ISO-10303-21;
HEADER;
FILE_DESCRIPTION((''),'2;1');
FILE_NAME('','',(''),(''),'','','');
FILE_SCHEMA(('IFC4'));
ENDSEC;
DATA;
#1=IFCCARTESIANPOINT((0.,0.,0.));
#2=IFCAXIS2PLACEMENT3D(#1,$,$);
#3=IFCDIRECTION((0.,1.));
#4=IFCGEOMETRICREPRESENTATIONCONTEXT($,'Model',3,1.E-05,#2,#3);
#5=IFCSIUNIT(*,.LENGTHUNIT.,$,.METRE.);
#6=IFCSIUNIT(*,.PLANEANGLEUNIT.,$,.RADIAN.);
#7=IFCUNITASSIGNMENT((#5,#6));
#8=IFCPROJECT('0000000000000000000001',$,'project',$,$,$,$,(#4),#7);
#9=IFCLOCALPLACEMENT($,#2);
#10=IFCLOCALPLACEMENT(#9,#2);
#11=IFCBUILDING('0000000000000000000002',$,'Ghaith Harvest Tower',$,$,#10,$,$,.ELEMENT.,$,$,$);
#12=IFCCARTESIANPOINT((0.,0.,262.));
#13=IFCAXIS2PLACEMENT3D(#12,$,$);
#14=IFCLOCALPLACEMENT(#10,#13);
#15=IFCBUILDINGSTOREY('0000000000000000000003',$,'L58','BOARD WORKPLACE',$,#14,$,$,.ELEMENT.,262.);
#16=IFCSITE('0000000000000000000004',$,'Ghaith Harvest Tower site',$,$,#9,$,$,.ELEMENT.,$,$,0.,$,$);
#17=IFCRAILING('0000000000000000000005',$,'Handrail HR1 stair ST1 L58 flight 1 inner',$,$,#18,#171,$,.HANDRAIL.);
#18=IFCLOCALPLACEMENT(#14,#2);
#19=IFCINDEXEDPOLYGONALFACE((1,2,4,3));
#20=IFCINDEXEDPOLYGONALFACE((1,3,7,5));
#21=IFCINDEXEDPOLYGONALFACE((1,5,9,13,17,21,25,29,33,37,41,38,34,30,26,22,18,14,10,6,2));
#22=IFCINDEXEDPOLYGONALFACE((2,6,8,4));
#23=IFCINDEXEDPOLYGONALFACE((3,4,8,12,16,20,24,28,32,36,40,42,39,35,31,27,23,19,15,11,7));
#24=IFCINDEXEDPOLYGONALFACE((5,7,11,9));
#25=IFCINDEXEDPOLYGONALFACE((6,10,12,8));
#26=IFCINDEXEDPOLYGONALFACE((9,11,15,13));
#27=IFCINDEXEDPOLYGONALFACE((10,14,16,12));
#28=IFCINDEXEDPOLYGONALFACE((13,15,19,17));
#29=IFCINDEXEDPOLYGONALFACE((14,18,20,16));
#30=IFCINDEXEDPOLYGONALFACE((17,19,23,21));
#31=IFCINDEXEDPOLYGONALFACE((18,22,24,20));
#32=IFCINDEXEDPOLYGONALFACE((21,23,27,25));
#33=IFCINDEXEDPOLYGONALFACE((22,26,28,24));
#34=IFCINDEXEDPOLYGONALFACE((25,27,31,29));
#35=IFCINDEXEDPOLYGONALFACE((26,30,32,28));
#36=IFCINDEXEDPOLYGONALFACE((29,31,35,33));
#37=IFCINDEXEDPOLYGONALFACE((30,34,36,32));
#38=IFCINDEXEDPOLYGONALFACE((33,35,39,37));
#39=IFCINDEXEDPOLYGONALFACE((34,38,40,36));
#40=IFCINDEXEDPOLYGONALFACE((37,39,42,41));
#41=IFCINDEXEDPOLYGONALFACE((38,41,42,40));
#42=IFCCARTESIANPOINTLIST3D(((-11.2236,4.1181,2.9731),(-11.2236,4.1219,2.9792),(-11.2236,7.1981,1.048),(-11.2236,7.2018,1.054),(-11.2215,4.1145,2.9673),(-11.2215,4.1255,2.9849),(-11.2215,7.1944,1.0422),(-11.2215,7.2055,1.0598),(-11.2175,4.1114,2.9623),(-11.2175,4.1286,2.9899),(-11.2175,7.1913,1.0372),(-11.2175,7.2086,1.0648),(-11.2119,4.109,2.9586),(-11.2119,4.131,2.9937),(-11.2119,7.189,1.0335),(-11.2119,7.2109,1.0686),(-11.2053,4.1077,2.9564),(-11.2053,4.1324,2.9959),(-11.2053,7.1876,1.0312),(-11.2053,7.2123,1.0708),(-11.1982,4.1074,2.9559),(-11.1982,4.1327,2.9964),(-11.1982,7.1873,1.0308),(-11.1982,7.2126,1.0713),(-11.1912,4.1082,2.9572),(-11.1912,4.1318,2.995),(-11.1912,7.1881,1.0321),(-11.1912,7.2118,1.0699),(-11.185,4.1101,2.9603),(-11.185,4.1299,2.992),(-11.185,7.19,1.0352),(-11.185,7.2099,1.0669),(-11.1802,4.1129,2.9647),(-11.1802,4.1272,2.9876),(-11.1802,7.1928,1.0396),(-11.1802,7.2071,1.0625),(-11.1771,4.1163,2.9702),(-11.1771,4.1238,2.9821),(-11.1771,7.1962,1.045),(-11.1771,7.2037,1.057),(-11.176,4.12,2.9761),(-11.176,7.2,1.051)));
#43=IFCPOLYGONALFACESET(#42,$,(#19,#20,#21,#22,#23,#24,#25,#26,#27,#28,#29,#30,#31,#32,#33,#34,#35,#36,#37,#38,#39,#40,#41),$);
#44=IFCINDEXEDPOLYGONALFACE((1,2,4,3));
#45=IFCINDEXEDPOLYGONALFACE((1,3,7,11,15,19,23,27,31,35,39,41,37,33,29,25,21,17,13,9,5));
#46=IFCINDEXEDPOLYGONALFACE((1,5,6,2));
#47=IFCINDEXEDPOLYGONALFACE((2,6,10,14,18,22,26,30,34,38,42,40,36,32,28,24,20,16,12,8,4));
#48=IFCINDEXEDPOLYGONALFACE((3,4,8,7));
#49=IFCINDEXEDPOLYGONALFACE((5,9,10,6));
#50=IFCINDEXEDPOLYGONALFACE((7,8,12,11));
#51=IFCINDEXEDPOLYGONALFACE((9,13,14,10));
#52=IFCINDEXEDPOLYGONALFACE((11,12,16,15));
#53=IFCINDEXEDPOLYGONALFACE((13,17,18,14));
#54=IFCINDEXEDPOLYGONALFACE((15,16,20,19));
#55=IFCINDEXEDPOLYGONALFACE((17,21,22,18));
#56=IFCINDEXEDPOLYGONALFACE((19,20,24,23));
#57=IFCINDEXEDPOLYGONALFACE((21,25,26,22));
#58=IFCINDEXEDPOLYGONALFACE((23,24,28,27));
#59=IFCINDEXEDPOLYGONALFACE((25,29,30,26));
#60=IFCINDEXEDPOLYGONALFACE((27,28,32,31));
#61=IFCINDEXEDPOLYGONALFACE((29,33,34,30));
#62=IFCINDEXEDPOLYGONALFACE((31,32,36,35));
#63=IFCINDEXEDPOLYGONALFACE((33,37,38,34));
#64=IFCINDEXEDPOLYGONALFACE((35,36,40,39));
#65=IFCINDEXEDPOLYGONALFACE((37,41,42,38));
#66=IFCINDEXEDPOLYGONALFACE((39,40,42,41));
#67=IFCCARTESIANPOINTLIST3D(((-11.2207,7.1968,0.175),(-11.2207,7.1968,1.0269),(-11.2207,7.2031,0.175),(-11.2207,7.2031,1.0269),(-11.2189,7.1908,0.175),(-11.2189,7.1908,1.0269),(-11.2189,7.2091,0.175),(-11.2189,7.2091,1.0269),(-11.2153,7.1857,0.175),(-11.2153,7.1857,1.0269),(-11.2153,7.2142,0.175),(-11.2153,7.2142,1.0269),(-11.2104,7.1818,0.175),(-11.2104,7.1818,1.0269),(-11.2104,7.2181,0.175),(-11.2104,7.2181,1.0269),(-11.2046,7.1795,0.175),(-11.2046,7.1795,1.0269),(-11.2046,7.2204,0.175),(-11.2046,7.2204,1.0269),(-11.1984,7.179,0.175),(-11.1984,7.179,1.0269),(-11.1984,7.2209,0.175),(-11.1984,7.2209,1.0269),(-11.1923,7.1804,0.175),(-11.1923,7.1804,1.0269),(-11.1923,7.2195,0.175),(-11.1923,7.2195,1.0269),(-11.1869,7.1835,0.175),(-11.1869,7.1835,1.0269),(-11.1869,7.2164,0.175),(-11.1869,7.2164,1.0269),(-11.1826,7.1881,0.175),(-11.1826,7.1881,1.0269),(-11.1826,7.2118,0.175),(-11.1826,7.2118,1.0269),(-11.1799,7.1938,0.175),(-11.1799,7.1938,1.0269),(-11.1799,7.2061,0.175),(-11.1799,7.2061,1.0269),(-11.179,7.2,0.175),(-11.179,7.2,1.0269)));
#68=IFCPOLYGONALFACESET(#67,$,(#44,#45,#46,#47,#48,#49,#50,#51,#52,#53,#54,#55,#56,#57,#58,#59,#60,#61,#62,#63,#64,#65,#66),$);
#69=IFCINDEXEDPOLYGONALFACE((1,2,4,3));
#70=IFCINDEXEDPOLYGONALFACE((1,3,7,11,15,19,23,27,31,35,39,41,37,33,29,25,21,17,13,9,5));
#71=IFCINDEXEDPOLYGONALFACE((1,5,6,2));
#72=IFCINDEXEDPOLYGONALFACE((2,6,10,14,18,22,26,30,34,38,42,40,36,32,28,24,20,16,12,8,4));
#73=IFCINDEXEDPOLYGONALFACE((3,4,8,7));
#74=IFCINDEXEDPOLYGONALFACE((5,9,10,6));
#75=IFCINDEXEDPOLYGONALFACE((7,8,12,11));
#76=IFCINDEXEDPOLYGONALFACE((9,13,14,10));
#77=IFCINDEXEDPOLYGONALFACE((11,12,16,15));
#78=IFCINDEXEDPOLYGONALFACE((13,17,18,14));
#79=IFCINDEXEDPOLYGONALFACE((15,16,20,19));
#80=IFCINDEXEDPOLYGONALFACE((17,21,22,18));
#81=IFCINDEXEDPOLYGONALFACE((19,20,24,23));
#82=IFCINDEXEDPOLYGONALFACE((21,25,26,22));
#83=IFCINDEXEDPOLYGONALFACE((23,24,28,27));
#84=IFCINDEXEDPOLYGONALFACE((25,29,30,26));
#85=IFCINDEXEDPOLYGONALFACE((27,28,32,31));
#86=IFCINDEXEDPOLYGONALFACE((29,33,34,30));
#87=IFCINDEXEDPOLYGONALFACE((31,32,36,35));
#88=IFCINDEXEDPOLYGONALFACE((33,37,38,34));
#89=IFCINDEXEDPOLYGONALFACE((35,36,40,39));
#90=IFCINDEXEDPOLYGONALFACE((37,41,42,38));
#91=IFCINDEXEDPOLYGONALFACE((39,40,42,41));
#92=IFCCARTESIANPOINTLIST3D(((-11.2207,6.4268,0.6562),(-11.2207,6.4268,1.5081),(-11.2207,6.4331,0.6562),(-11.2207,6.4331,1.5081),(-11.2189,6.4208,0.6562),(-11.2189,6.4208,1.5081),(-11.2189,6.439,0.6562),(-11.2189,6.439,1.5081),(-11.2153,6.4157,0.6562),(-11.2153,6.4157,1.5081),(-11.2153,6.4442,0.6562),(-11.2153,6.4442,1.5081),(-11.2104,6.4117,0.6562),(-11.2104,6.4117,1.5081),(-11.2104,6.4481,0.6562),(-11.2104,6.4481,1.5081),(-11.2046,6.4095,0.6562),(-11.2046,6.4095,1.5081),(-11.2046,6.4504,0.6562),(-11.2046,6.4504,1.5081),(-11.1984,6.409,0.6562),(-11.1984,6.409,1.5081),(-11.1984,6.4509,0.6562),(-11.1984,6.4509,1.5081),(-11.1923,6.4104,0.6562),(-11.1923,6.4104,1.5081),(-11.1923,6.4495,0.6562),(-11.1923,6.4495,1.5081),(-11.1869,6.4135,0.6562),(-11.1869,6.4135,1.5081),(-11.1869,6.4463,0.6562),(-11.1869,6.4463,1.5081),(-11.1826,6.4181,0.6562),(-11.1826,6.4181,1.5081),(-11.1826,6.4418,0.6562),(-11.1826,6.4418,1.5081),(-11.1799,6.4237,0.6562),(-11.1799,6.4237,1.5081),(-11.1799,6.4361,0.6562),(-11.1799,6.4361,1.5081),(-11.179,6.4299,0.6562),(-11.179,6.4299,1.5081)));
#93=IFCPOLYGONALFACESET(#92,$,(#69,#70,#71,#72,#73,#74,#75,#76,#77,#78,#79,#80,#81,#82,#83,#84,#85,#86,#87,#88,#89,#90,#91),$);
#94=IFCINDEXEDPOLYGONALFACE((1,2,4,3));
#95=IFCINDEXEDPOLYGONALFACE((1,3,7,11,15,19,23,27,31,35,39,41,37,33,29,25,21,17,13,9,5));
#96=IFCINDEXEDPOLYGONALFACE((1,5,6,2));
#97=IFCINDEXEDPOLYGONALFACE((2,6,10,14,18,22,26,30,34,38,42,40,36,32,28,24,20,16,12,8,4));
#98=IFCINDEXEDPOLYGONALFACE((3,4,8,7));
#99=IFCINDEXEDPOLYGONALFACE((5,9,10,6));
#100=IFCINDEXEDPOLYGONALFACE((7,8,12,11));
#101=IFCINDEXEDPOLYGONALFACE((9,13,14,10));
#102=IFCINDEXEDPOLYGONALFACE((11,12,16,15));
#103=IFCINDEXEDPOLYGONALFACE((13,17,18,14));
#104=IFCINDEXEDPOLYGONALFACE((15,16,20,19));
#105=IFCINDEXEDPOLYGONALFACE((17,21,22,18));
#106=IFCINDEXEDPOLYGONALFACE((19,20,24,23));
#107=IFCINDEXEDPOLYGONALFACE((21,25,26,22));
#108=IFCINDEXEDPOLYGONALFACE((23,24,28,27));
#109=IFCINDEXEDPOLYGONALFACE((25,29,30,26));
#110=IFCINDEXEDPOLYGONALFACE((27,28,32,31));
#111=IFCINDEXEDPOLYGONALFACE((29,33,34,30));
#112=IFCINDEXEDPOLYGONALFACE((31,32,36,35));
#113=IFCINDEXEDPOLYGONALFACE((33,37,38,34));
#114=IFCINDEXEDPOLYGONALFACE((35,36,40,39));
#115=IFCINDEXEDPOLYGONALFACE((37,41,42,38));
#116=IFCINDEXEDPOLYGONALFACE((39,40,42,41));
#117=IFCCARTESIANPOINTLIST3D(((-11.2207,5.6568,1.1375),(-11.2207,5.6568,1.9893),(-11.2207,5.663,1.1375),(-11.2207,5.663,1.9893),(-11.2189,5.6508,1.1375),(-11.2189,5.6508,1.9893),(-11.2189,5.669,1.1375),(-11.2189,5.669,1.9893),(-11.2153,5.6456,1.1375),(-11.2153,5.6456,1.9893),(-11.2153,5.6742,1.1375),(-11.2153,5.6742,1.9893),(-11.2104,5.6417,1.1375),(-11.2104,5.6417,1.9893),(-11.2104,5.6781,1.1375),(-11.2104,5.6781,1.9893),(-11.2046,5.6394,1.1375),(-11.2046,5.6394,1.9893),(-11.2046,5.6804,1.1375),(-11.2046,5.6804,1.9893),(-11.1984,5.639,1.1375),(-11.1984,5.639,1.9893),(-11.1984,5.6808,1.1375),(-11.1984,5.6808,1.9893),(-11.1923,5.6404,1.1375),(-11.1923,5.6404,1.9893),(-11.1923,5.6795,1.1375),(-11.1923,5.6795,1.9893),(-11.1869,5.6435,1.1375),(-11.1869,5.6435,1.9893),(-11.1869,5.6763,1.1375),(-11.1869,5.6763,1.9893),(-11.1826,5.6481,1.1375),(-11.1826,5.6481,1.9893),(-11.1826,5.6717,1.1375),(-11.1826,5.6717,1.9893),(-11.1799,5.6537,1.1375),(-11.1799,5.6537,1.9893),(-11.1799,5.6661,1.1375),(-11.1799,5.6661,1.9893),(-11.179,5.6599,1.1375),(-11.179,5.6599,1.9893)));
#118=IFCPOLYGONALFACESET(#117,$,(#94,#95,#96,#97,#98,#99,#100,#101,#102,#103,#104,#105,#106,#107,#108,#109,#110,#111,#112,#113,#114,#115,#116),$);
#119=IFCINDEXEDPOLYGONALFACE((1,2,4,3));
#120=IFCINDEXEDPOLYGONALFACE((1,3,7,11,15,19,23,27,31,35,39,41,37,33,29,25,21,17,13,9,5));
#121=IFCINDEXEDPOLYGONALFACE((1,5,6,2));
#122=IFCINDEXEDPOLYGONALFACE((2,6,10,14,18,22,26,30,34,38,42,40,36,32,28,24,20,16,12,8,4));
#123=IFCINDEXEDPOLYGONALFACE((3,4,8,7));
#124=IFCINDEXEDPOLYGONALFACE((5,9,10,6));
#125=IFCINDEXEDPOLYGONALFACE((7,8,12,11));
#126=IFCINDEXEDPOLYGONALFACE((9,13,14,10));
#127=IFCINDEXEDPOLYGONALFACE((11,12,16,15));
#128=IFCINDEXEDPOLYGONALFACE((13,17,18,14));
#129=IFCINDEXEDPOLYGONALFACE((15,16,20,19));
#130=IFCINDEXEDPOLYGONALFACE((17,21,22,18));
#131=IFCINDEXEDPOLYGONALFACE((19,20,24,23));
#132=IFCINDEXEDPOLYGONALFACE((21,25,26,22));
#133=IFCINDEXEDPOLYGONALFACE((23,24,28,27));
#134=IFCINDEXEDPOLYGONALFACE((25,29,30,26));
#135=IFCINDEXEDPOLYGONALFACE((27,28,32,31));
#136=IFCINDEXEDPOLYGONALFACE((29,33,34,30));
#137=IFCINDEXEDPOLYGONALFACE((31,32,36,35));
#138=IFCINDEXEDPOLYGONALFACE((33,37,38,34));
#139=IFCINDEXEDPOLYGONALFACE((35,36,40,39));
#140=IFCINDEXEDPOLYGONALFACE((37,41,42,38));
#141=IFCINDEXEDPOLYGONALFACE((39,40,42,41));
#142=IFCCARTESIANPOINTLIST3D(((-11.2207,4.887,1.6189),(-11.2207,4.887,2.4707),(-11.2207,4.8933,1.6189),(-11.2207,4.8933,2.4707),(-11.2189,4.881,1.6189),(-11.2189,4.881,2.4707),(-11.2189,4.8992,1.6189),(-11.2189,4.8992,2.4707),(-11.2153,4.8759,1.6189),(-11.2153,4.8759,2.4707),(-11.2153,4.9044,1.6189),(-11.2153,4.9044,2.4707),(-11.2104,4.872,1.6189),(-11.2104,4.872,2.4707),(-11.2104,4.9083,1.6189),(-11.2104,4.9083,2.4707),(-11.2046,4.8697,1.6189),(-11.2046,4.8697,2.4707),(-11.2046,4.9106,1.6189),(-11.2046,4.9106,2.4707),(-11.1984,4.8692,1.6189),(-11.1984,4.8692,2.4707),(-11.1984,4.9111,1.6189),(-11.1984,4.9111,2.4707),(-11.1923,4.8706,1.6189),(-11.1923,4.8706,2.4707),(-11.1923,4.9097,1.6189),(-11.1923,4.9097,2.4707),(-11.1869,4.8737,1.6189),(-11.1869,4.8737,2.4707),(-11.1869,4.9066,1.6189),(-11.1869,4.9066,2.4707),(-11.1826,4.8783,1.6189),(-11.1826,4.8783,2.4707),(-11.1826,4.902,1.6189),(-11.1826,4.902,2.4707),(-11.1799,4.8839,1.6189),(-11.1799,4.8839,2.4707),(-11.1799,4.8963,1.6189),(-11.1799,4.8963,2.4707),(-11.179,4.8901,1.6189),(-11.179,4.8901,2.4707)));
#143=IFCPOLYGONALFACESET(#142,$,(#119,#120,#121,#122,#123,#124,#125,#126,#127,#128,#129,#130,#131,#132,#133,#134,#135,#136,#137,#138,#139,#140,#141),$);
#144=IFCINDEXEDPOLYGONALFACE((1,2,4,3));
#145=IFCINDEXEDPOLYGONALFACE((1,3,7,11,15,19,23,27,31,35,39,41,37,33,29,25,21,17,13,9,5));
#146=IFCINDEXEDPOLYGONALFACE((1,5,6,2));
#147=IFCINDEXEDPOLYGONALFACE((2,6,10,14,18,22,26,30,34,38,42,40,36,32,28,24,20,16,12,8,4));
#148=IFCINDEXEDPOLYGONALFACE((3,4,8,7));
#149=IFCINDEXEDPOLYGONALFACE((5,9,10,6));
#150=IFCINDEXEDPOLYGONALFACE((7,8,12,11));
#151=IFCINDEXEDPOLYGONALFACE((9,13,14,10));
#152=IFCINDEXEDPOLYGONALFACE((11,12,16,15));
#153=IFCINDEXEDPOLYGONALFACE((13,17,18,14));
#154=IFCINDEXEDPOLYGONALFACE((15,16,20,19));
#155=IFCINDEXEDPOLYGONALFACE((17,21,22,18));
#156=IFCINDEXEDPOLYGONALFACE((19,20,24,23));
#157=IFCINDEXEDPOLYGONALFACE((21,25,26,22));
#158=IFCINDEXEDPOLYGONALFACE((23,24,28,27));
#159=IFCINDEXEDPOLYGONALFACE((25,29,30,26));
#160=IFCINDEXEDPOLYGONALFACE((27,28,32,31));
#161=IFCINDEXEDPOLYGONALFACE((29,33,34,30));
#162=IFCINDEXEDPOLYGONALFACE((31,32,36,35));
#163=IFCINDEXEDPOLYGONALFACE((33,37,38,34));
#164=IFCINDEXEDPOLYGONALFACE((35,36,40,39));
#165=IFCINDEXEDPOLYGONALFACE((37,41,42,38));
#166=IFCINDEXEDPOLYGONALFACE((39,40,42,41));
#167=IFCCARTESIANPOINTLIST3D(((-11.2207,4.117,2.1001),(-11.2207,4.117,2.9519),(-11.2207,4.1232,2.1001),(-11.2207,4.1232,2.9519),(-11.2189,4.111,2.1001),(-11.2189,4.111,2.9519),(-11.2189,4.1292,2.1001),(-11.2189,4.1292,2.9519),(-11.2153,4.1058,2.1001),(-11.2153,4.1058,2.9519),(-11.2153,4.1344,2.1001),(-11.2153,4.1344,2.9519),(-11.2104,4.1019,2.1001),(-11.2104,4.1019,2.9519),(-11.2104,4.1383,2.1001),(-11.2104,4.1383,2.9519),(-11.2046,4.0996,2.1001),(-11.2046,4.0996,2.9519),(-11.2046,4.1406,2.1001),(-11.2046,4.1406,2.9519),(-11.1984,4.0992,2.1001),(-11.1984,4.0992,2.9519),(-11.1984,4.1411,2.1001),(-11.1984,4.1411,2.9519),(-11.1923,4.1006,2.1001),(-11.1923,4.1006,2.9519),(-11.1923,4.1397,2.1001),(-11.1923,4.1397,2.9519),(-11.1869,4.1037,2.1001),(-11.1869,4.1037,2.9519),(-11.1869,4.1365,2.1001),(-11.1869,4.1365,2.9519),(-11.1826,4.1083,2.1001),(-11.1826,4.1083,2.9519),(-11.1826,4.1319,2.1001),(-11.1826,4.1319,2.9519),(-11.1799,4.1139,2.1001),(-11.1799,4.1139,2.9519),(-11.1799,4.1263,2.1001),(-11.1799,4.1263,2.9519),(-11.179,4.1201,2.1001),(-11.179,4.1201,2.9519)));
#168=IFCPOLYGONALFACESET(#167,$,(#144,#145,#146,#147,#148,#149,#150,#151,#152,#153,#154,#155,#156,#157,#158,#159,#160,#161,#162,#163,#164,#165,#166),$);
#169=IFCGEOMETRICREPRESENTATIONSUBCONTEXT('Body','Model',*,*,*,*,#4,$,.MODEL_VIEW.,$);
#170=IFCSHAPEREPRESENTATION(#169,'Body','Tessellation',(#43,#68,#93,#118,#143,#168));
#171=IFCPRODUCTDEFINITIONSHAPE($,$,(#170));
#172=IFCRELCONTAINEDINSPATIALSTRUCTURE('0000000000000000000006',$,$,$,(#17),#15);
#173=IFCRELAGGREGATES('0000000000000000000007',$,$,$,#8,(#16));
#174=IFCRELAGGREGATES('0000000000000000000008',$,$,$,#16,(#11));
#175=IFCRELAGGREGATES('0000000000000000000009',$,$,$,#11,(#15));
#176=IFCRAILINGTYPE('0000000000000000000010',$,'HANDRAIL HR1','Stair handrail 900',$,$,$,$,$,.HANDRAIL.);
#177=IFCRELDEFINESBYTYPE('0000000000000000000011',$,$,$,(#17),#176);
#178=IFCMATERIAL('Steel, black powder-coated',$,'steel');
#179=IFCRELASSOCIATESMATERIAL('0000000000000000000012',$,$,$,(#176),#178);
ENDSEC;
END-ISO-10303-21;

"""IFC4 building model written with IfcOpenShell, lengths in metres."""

from ifc_helpers import new_model, si_unit, direction, frame, origin, origin_2d, place, context, subcontext, project, spatial, circle, extrude, material, type_object, element, save


model = new_model("IFC4")

# Units and contexts
model_context = context("Model", 3, precision=1e-05, world=origin(), true_north=direction((0.0, 1.0)))
body_context = subcontext(model_context, "Body", "Model", "MODEL_VIEW")
ifc_project = project(units=[si_unit("LENGTHUNIT", "METRE"), si_unit("PLANEANGLEUNIT", "RADIAN")], contexts=[model_context])

# Site, building, storey
site_placement = place(None, origin())
site = spatial("IfcSite", under=ifc_project, at=site_placement, Name="Ghaith Harvest Tower site", CompositionType="ELEMENT", RefElevation=0.0)
building_placement = place(site_placement, origin())
building = spatial("IfcBuilding", under=site, at=building_placement, Name="Ghaith Harvest Tower", CompositionType="ELEMENT")
storey_placement = place(building_placement, frame((0.0, 0.0, 262.0)))
storey = spatial("IfcBuildingStorey", under=building, at=storey_placement, Name="L58", Description="BOARD WORKPLACE", CompositionType="ELEMENT", Elevation=262.0)

# Railing
ifc_material_1 = material(Name="Steel, black powder-coated", Category="steel")
railing_type = type_object("IfcRailingType", Name="HANDRAIL HR1", Description="Stair handrail 900", PredefinedType="HANDRAIL", material=ifc_material_1)
railing_1_placement = place(storey_placement, frame((-11.2, 7.2, 0.175)))
element("IfcRailing", 1, at=railing_1_placement, inside=storey, type_object=railing_type, Name="Handrail HR1 stair ST1 L58 flight 1 inner", PredefinedType="HANDRAIL", context=body_context, shape_type="SweptSolid", body=[
    extrude(circle(Radius=0.0239, at=origin_2d()), frame((0.0, 0.0, 0.876), z_axis=(0.0, -0.847979, 0.530029), x_axis=(1.0, 0.0, 0.0)), (0.0, 0.0, 1.0), 3.6321),
    extrude(circle(Radius=0.021, at=origin_2d()), origin(), (0.0, 0.0, 1.0), 0.8518),
    extrude(circle(Radius=0.021, at=origin_2d()), frame((0.0, -0.77, 0.4812)), (0.0, 0.0, 1.0), 0.8518),
    extrude(circle(Radius=0.021, at=origin_2d()), frame((0.0, -1.54, 0.9624)), (0.0, 0.0, 1.0), 0.8518),
    extrude(circle(Radius=0.021, at=origin_2d()), frame((0.0, -2.3098, 1.4438)), (0.0, 0.0, 1.0), 0.8518),
    extrude(circle(Radius=0.021, at=origin_2d()), frame((0.0, -3.0798, 1.925)), (0.0, 0.0, 1.0), 0.8518),
])

save(model, "model.ifc")
